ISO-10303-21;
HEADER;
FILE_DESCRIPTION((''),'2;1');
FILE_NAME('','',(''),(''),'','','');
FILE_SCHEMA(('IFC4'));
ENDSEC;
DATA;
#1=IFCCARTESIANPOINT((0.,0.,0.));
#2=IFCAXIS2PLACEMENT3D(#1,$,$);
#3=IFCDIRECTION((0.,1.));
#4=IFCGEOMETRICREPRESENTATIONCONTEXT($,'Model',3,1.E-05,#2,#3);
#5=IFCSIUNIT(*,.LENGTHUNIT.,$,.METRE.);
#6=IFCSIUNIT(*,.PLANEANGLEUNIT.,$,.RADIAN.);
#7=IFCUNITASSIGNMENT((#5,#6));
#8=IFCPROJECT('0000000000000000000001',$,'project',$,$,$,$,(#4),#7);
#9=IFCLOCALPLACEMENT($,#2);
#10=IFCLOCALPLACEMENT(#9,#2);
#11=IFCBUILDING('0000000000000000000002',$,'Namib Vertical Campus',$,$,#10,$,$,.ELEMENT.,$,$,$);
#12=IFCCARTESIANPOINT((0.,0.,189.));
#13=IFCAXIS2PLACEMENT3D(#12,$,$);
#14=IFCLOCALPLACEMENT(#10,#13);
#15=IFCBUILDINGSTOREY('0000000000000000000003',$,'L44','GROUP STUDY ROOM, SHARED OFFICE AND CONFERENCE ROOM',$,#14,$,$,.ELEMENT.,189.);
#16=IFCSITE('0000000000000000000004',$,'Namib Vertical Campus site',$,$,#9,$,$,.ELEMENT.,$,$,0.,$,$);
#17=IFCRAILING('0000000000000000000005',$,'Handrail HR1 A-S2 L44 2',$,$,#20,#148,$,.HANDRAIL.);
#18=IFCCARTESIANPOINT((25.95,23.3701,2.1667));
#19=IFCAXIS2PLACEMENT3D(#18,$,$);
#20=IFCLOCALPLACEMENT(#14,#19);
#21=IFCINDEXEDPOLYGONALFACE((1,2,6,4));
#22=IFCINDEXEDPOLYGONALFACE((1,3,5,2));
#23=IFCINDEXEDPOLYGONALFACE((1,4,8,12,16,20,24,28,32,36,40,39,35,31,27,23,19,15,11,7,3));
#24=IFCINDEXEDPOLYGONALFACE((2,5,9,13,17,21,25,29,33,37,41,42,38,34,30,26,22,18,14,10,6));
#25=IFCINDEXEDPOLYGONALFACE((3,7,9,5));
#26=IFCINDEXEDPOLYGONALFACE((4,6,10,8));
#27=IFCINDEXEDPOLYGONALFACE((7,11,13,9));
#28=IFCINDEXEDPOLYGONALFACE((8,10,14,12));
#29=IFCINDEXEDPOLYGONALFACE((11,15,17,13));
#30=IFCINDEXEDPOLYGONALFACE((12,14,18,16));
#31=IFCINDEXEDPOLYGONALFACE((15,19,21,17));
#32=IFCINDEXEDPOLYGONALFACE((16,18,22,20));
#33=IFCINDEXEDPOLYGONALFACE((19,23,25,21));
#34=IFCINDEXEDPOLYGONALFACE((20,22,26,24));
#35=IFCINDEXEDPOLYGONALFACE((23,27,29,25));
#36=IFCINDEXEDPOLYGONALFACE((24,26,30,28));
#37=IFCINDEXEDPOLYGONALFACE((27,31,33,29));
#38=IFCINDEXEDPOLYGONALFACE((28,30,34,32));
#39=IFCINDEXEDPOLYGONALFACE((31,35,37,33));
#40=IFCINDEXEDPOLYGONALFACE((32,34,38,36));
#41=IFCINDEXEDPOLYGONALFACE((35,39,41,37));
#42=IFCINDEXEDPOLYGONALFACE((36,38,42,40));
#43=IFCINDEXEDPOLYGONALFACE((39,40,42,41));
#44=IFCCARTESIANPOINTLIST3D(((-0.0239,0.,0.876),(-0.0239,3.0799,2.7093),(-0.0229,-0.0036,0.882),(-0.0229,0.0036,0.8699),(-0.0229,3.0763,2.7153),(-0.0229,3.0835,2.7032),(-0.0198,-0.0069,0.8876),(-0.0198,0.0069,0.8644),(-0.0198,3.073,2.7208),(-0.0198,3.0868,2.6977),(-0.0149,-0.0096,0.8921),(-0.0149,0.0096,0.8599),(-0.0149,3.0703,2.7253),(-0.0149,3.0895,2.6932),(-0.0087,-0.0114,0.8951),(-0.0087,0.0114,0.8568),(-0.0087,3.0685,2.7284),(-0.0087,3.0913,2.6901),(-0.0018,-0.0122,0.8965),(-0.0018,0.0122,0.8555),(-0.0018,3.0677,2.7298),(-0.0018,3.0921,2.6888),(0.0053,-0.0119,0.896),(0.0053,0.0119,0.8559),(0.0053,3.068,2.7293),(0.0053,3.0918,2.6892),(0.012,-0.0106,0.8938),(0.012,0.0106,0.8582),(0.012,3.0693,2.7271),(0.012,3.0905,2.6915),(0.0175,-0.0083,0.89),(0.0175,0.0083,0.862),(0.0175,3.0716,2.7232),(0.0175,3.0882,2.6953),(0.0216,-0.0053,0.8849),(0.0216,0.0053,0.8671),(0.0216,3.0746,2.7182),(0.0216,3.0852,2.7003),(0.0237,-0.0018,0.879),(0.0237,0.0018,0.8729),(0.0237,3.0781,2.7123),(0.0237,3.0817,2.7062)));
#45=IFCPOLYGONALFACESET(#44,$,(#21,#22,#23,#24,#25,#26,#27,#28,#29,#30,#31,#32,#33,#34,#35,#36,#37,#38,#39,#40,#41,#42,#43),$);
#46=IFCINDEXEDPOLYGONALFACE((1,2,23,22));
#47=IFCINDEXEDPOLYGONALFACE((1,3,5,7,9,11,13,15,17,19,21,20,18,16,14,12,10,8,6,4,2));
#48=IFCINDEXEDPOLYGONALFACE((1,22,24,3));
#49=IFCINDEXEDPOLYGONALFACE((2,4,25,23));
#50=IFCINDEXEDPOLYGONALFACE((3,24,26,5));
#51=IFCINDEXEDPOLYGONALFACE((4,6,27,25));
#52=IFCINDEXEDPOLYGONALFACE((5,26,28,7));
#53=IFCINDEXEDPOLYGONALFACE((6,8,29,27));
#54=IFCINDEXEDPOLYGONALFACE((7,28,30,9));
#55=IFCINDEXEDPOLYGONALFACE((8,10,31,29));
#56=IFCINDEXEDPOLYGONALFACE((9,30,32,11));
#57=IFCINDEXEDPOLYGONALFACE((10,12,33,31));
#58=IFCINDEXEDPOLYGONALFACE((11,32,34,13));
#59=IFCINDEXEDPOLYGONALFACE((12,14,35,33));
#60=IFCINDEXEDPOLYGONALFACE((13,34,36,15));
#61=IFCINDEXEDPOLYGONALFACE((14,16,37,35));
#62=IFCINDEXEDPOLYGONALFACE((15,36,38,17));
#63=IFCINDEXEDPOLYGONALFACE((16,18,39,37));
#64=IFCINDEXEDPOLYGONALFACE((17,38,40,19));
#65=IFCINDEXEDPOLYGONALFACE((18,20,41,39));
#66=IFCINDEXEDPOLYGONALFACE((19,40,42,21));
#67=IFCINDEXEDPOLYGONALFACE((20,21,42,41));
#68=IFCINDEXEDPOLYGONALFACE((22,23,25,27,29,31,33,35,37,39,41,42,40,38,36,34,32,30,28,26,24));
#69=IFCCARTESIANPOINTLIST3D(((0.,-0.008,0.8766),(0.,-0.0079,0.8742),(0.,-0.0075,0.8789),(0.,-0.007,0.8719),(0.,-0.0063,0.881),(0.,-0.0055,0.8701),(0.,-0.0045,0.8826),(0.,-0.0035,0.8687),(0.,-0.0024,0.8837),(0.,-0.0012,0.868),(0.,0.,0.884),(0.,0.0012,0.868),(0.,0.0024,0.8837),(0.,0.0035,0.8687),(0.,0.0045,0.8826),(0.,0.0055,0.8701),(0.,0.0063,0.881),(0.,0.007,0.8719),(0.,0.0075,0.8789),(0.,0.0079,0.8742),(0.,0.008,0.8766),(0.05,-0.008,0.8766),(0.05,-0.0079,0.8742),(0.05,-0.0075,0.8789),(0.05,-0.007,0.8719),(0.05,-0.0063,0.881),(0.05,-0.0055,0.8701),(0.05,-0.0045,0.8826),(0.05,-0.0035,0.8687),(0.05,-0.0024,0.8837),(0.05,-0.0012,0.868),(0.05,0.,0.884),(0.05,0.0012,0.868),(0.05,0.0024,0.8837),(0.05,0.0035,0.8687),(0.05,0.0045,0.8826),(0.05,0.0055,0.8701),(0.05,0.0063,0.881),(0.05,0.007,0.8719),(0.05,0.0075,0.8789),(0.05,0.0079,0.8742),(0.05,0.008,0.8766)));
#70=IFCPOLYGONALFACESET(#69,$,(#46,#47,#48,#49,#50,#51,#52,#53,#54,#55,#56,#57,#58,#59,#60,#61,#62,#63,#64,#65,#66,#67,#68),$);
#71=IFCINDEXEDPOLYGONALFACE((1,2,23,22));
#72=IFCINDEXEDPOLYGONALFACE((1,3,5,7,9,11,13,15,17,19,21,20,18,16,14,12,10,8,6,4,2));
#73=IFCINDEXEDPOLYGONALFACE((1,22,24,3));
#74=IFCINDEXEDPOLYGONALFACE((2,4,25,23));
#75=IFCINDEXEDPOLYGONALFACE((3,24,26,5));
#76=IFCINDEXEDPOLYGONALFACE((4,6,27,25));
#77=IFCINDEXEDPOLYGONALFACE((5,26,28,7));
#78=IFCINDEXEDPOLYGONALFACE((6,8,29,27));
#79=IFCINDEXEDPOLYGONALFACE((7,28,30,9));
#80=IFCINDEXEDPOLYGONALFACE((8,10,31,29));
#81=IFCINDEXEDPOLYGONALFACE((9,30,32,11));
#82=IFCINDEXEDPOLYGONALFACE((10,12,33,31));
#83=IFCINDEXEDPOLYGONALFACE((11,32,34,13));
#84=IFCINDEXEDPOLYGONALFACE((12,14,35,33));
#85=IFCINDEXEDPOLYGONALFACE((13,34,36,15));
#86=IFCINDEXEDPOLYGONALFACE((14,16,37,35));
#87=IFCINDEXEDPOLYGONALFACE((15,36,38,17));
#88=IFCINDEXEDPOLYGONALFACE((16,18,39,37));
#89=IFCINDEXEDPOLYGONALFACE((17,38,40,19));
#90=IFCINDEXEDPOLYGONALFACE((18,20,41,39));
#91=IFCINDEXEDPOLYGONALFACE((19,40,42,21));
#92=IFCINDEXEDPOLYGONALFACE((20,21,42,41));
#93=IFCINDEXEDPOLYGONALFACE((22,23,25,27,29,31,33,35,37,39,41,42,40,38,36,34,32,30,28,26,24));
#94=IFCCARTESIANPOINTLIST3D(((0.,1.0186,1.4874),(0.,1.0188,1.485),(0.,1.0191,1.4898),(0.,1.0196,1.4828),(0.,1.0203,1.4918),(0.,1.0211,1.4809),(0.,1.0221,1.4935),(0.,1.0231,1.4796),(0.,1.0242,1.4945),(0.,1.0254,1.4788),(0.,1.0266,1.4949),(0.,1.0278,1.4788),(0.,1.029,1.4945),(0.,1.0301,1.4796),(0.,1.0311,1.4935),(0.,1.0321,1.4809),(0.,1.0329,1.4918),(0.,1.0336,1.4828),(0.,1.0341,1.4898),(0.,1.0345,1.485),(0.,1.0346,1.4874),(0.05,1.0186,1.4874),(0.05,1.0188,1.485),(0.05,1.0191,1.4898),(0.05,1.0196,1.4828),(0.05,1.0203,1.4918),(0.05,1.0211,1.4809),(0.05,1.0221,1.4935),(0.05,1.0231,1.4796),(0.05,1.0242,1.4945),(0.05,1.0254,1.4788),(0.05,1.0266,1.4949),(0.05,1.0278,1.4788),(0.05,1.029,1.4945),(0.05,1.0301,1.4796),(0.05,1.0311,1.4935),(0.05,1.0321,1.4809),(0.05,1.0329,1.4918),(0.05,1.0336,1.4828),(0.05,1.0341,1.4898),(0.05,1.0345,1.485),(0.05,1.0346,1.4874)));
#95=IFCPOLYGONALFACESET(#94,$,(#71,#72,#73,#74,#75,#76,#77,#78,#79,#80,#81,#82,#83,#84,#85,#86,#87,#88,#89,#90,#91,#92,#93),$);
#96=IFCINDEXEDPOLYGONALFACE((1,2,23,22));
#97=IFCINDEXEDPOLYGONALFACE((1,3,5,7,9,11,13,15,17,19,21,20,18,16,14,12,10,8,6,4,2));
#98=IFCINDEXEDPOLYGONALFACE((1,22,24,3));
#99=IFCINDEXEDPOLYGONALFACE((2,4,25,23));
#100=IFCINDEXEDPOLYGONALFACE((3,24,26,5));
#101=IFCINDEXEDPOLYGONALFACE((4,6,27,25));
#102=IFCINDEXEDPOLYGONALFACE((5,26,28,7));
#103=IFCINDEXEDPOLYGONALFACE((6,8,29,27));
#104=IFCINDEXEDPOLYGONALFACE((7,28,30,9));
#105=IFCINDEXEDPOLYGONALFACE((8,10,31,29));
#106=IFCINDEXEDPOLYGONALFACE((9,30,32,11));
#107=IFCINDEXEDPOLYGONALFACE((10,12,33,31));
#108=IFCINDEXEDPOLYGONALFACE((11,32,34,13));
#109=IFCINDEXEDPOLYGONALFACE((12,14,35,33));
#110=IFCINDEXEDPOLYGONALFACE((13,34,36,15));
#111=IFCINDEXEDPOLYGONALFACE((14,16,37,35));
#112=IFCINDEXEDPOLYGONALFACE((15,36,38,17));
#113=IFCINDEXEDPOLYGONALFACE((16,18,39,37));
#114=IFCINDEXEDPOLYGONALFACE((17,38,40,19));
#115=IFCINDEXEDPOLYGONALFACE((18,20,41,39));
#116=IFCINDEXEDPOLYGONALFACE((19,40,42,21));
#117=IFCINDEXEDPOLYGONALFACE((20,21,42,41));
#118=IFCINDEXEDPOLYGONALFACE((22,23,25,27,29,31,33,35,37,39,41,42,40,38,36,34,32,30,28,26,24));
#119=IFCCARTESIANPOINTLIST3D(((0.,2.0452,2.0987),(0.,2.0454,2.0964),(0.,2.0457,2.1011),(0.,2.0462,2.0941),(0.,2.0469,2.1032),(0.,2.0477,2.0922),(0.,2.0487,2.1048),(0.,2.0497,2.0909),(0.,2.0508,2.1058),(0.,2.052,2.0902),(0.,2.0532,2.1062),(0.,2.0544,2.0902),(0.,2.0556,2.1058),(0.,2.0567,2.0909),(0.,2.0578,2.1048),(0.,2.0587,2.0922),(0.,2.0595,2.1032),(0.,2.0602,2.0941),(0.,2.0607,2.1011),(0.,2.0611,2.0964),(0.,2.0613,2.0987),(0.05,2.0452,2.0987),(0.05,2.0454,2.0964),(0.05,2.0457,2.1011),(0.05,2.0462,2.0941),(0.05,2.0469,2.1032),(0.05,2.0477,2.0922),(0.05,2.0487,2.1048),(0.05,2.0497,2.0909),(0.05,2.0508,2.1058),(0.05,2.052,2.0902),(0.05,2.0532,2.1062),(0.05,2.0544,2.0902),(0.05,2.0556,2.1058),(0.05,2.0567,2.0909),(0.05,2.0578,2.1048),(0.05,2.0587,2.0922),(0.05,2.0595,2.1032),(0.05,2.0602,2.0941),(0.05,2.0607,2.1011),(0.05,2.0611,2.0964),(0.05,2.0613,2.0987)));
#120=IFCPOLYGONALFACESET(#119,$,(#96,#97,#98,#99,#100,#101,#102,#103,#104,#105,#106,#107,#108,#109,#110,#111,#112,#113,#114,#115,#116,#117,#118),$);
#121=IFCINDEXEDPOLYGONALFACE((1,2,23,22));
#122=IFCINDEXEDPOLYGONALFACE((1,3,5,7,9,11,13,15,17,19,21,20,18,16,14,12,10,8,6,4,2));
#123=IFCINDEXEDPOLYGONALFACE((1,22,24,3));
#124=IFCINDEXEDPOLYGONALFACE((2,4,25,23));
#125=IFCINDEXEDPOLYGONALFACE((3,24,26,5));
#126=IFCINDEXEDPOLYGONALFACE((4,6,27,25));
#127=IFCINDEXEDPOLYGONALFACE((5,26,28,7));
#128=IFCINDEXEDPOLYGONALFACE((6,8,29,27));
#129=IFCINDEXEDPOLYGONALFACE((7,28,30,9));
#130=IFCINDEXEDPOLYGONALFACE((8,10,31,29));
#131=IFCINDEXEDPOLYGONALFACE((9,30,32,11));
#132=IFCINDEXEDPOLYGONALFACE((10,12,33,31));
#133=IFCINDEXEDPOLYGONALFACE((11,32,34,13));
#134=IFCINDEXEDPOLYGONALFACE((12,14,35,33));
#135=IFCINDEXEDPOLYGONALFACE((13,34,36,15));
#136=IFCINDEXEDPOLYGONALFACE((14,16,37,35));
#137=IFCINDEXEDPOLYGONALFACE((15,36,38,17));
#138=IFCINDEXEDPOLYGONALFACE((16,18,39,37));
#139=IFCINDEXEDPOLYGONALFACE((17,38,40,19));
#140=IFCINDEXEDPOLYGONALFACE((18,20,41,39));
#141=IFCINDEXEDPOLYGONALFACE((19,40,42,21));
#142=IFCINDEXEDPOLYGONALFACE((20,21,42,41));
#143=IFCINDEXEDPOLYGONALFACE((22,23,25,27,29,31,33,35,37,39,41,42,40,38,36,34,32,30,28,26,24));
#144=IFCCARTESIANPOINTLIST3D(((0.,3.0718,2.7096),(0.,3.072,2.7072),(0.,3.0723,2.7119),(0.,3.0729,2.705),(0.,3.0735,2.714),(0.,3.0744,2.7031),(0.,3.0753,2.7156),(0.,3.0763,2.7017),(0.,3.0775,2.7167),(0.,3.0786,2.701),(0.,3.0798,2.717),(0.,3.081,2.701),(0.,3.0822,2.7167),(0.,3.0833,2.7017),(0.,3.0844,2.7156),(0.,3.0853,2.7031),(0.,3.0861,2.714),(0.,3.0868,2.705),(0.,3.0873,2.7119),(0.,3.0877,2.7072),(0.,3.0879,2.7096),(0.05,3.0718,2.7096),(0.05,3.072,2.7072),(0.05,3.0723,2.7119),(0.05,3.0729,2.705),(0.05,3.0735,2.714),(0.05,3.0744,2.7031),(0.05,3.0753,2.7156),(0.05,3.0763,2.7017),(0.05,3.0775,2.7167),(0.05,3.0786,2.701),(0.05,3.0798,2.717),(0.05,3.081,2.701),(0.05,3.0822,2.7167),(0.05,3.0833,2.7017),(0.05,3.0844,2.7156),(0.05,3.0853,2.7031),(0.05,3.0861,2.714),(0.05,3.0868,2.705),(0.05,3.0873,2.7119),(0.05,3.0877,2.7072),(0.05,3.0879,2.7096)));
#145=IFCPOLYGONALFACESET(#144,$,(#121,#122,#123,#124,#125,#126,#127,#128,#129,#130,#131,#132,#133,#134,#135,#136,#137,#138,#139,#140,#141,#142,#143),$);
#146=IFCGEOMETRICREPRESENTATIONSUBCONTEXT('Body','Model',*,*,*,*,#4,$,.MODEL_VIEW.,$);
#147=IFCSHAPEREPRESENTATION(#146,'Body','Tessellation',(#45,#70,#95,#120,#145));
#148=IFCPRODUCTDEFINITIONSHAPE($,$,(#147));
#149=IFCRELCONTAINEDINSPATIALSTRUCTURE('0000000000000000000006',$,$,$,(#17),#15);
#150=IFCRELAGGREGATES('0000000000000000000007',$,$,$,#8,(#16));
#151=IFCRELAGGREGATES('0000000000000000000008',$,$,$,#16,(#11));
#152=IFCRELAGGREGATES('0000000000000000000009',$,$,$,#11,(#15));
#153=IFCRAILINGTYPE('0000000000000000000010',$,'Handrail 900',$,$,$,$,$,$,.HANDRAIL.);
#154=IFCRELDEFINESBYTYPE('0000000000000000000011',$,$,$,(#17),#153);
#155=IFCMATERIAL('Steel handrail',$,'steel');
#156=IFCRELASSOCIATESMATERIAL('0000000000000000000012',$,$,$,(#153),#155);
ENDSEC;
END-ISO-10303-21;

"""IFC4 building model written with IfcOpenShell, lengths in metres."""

from ifc_helpers import new_model, si_unit, direction, frame, origin, origin_2d, place, context, subcontext, project, spatial, circle, extrude, material, type_object, element, save


model = new_model("IFC4")

# Units and contexts
model_context = context("Model", 3, precision=1e-05, world=origin(), true_north=direction((0.0, 1.0)))
body_context = subcontext(model_context, "Body", "Model", "MODEL_VIEW")
ifc_project = project(units=[si_unit("LENGTHUNIT", "METRE"), si_unit("PLANEANGLEUNIT", "RADIAN")], contexts=[model_context])

# Site, building, storey
site_placement = place(None, origin())
site = spatial("IfcSite", under=ifc_project, at=site_placement, Name="Namib Vertical Campus site", CompositionType="ELEMENT", RefElevation=0.0)
building_placement = place(site_placement, origin())
building = spatial("IfcBuilding", under=site, at=building_placement, Name="Namib Vertical Campus", CompositionType="ELEMENT")
storey_placement = place(building_placement, frame((0.0, 0.0, 189.0)))
storey = spatial("IfcBuildingStorey", under=building, at=storey_placement, Name="L44", Description="GROUP STUDY ROOM, SHARED OFFICE AND CONFERENCE ROOM", CompositionType="ELEMENT", Elevation=189.0)

# Railing
ifc_material_1 = material(Name="Steel handrail", Category="steel")
railing_type_1 = type_object("IfcRailingType", Name="Handrail 900", PredefinedType="HANDRAIL", material=ifc_material_1)
railing_1_placement = place(storey_placement, frame((25.95, 23.3701, 2.1667)))
element("IfcRailing", 1, at=railing_1_placement, inside=storey, type_object=railing_type_1, Name="Handrail HR1 A-S2 L44 2", PredefinedType="HANDRAIL", context=body_context, shape_type="SweptSolid", body=[
    extrude(circle(Radius=0.0239, at=origin_2d()), frame((0.0, 0.0, 0.876), z_axis=(0.0, 0.859291, 0.511487), x_axis=(-1.0, 0.0, 0.0)), (0.0, 0.0, 1.0), 3.5842),
    extrude(circle(Radius=0.0081, at=origin_2d()), frame((0.0, 0.0, 0.876), z_axis=(1.0, 0.0, 0.0), x_axis=(0.0, 0.0, 1.0)), (0.0, 0.0, 1.0), 0.05),
    extrude(circle(Radius=0.0081, at=origin_2d()), frame((0.0, 1.0266, 1.4868), z_axis=(1.0, 0.0, 0.0), x_axis=(0.0, 0.0, 1.0)), (0.0, 0.0, 1.0), 0.05),
    extrude(circle(Radius=0.0081, at=origin_2d()), frame((0.0, 2.0532, 2.0981), z_axis=(1.0, 0.0, 0.0), x_axis=(0.0, 0.0, 1.0)), (0.0, 0.0, 1.0), 0.05),
    extrude(circle(Radius=0.0081, at=origin_2d()), frame((0.0, 3.0798, 2.709), z_axis=(1.0, 0.0, 0.0), x_axis=(0.0, 0.0, 1.0)), (0.0, 0.0, 1.0), 0.05),
])

save(model, "model.ifc")
